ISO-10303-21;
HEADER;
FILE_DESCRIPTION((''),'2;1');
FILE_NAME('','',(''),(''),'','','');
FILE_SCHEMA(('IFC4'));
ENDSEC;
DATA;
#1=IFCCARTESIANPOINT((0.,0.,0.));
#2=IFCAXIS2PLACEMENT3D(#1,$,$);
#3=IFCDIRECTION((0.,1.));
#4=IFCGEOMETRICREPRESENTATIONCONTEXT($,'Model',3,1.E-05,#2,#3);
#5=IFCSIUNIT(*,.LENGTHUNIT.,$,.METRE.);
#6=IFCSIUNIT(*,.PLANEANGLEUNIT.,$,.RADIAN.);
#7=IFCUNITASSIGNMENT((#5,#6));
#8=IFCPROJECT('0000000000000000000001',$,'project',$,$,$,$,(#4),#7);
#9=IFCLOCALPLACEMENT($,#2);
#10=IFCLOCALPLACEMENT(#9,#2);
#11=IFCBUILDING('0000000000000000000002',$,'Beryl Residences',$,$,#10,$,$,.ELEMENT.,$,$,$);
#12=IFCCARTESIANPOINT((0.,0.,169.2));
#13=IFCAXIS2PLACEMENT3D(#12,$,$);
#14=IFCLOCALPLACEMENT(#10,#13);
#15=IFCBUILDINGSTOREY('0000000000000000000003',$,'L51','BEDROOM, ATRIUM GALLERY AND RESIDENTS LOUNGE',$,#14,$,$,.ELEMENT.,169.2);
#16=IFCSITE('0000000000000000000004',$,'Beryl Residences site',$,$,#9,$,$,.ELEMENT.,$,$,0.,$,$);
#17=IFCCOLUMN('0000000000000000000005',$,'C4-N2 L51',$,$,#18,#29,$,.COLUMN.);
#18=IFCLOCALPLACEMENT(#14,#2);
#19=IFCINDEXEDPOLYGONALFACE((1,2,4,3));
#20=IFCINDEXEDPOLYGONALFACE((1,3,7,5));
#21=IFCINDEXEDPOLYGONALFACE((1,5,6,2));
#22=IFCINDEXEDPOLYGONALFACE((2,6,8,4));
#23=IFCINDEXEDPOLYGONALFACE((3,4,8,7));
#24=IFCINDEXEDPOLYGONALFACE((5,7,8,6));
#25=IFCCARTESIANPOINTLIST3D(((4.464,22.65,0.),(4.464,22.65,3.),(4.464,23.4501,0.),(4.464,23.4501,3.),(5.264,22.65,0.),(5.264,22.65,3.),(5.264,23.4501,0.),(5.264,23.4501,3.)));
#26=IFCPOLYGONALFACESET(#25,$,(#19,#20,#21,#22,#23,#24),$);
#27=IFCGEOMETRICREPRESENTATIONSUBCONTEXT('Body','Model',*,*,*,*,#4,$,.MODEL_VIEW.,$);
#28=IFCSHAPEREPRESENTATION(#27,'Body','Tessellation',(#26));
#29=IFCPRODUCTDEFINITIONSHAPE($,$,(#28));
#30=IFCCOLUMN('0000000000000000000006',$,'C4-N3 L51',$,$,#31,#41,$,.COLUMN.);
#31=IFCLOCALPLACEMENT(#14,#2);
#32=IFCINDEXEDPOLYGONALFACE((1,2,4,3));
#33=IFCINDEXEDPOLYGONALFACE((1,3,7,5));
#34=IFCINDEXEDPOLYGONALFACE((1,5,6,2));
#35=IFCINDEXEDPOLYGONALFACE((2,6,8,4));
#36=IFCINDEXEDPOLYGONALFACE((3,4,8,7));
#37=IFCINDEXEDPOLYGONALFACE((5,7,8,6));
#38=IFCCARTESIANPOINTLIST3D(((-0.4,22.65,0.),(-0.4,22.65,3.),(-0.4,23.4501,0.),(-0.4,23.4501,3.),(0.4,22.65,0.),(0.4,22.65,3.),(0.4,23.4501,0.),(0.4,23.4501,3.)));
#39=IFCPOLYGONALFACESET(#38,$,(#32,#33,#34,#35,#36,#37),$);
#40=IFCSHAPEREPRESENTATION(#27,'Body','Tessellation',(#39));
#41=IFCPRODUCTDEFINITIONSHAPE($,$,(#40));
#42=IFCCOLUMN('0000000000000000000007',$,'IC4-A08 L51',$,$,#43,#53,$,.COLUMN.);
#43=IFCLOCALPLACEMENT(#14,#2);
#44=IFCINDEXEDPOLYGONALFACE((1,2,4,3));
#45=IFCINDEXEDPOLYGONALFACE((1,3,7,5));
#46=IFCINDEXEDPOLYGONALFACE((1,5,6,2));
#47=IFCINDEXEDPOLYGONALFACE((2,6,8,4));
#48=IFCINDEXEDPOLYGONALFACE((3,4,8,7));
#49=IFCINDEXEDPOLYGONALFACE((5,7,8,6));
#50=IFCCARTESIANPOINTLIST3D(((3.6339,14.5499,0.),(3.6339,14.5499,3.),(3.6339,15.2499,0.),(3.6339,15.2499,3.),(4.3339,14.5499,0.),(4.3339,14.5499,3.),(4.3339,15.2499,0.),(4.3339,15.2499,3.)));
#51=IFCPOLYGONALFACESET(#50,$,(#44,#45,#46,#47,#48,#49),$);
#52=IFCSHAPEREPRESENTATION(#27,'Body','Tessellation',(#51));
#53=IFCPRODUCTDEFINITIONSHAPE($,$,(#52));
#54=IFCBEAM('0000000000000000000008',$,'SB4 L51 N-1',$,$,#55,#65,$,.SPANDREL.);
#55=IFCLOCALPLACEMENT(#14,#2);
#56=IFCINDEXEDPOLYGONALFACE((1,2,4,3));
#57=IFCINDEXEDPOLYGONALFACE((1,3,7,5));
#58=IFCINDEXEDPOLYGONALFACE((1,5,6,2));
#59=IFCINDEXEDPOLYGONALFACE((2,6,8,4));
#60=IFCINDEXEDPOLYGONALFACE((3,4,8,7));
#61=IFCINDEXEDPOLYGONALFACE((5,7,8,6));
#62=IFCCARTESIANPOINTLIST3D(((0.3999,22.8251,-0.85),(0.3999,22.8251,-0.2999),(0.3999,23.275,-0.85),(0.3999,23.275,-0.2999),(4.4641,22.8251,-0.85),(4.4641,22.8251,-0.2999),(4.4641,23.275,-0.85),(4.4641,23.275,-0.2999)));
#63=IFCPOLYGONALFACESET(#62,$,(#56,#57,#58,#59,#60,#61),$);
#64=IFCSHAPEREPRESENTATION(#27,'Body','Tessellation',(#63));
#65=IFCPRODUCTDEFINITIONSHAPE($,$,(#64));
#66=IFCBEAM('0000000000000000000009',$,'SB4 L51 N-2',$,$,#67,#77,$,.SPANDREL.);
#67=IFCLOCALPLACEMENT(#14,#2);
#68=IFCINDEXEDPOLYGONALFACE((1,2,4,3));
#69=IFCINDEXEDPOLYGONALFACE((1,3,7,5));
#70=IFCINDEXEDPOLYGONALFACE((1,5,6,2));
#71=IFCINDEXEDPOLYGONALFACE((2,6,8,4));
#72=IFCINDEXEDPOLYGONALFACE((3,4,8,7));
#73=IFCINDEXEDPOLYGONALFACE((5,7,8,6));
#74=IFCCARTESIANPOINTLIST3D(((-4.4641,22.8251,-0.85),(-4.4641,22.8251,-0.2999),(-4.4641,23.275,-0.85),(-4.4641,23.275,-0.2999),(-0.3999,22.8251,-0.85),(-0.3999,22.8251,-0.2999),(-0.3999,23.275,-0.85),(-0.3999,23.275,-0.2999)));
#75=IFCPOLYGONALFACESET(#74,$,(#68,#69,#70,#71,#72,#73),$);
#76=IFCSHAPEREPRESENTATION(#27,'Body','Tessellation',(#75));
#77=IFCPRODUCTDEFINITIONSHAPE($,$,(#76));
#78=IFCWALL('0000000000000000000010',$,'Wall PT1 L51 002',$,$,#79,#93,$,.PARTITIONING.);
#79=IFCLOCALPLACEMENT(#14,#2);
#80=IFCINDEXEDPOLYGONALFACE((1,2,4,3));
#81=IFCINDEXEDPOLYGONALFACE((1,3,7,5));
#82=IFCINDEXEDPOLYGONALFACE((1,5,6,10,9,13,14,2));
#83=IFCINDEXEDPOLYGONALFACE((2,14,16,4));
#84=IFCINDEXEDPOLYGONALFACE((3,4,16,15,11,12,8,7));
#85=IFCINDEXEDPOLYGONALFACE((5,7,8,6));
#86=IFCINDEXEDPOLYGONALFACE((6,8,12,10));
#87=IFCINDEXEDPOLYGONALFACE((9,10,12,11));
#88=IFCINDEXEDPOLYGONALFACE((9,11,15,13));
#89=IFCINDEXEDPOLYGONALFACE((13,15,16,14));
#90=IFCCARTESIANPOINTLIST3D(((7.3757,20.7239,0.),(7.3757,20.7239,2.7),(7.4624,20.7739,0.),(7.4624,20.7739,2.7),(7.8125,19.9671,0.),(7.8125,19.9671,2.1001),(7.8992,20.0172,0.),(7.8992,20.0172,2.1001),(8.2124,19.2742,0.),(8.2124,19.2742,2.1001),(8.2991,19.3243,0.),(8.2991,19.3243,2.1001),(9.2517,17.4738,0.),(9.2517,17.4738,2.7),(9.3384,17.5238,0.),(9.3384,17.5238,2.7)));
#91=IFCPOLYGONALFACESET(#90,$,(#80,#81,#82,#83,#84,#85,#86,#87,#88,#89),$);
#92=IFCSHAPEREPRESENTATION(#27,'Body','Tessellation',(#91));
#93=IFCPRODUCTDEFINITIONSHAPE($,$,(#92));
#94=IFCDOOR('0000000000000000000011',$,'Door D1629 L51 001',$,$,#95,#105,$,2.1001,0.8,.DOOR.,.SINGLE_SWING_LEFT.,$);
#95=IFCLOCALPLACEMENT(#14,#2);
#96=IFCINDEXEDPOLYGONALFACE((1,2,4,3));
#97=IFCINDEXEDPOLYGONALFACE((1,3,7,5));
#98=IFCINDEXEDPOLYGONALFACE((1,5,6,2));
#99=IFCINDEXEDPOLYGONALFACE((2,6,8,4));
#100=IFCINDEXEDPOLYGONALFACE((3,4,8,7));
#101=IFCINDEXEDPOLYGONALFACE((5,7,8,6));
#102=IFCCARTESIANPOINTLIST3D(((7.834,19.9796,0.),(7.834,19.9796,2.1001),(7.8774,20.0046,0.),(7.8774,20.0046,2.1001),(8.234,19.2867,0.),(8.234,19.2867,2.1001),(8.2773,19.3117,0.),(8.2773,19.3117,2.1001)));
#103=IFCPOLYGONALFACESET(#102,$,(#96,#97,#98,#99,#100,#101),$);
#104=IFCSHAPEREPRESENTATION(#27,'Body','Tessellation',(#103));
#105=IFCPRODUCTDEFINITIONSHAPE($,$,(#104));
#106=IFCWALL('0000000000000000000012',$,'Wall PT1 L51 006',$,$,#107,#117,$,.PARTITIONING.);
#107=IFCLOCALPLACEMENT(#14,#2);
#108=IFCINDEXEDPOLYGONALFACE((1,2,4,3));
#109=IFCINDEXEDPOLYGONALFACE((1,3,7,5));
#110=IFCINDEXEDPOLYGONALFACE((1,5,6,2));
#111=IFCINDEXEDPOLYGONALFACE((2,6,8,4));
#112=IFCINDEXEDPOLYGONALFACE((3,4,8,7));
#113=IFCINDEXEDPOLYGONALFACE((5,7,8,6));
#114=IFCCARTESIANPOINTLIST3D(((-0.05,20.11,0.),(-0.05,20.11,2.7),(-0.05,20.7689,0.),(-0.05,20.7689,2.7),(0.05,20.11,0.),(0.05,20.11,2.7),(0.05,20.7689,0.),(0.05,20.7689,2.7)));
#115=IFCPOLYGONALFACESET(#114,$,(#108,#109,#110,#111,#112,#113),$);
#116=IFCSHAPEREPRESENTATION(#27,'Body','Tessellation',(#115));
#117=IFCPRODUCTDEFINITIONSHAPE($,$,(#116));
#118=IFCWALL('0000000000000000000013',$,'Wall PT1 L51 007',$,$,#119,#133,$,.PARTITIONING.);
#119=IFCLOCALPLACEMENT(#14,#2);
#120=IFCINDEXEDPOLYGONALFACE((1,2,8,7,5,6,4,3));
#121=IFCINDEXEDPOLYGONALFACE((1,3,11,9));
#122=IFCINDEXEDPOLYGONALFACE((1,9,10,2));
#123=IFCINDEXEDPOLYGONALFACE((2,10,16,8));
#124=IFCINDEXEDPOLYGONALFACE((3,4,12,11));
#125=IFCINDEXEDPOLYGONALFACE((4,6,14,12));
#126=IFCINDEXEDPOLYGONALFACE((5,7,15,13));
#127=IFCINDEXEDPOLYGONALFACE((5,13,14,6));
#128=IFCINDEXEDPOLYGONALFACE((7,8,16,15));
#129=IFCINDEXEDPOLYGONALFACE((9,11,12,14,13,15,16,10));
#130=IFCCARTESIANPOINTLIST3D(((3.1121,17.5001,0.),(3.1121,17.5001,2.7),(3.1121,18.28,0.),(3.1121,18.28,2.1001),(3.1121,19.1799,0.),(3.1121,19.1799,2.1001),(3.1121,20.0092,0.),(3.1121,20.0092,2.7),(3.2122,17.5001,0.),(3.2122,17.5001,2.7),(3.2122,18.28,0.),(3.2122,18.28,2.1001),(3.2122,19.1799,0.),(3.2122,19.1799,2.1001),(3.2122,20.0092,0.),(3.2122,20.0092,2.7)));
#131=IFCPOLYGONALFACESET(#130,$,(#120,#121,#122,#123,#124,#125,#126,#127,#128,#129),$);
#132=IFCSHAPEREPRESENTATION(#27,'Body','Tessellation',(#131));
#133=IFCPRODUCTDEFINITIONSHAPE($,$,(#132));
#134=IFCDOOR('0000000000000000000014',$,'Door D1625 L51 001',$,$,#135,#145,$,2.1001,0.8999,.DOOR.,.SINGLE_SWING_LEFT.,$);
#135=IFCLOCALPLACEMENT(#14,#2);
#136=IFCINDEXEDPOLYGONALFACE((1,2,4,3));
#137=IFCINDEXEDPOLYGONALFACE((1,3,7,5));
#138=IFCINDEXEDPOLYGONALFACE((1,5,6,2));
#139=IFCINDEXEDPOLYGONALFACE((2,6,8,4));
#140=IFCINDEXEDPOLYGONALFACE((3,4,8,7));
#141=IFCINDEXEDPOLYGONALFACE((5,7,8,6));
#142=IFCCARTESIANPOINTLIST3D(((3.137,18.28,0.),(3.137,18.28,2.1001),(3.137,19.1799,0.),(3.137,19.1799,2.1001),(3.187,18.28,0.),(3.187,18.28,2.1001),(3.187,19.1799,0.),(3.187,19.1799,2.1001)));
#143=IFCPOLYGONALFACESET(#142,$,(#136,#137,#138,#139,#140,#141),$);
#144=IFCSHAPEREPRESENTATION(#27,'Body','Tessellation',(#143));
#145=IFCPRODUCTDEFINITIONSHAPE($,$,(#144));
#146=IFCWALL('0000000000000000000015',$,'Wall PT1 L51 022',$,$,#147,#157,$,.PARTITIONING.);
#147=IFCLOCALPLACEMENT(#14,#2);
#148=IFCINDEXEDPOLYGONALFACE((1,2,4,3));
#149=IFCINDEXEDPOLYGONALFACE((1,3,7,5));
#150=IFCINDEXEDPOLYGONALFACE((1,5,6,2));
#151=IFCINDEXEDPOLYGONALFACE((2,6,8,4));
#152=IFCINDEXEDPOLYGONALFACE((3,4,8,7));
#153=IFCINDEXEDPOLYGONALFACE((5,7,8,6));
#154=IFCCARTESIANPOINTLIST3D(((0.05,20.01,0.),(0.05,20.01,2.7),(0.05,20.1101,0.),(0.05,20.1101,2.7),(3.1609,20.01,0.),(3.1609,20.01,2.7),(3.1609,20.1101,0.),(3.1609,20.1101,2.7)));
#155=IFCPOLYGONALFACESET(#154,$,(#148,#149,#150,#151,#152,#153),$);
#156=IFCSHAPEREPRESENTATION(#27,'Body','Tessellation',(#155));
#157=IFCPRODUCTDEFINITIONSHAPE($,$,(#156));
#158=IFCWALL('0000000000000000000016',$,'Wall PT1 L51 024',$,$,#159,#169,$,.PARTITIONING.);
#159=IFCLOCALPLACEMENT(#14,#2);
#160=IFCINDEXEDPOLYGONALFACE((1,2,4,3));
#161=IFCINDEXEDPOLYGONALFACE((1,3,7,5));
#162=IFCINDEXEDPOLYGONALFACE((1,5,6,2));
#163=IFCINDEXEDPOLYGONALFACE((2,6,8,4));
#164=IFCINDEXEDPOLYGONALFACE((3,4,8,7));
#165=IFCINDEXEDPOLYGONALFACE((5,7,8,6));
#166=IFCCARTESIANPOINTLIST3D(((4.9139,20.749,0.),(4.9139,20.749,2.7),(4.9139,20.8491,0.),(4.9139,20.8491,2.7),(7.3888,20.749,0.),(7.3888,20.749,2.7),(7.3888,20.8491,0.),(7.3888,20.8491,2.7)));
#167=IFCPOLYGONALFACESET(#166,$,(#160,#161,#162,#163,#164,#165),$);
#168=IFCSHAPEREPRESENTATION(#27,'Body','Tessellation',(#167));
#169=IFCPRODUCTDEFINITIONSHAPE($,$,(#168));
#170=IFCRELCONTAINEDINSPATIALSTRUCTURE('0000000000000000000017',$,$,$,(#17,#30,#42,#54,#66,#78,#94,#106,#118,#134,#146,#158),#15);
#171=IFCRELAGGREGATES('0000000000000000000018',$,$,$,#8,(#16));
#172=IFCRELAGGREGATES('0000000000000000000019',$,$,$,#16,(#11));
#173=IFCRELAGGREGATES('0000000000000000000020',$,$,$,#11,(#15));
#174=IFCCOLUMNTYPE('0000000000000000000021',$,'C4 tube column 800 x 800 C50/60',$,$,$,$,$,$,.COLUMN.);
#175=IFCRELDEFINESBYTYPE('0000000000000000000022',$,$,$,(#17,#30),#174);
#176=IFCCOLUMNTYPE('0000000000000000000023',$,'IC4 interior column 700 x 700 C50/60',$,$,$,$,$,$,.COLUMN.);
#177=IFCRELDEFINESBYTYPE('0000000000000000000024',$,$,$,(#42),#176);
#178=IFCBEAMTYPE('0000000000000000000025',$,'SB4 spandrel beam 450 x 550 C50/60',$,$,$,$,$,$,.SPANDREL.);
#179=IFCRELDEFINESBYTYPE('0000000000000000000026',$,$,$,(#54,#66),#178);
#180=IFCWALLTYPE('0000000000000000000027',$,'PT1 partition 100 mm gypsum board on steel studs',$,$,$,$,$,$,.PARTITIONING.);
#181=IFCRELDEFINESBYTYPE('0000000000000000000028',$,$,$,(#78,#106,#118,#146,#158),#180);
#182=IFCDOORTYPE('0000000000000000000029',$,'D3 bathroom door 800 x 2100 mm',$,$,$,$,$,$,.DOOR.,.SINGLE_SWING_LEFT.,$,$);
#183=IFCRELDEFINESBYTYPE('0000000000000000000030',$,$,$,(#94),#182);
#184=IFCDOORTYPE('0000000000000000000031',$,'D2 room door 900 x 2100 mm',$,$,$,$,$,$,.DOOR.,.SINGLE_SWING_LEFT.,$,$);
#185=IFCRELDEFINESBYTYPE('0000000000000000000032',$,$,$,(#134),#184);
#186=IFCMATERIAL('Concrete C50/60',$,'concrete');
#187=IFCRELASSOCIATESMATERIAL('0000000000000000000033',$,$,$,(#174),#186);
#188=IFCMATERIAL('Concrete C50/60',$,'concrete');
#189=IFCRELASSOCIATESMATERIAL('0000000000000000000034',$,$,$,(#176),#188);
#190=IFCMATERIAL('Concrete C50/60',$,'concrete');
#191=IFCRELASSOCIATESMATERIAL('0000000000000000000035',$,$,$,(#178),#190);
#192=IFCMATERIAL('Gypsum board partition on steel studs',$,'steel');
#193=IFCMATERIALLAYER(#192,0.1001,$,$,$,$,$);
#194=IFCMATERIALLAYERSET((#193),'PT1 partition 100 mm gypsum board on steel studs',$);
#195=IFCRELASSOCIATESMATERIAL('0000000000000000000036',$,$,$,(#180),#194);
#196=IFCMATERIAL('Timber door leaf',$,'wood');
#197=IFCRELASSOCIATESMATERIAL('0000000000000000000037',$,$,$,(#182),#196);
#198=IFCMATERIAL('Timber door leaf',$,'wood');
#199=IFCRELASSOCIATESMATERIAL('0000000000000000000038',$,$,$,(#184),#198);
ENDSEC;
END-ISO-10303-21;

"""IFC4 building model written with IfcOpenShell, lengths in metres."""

from ifc_helpers import new_model, si_unit, direction, frame, frame_2d, origin, origin_2d, place, context, subcontext, project, spatial, rectangle, extrude, material, layer, layer_set, material_profile, profile_set, type_object, element, fill, save


model = new_model("IFC4")

# Units and contexts
model_context = context("Model", 3, precision=1e-05, world=origin(), true_north=direction((0.0, 1.0)))
body_context = subcontext(model_context, "Body", "Model", "MODEL_VIEW")
ifc_project = project(units=[si_unit("LENGTHUNIT", "METRE"), si_unit("PLANEANGLEUNIT", "RADIAN")], contexts=[model_context])

# Site, building, storey
site_placement = place(None, origin())
site = spatial("IfcSite", under=ifc_project, at=site_placement, Name="Beryl Residences site", CompositionType="ELEMENT", RefElevation=0.0)
building_placement = place(site_placement, origin())
building = spatial("IfcBuilding", under=site, at=building_placement, Name="Beryl Residences", CompositionType="ELEMENT")
storey_placement = place(building_placement, frame((0.0, 0.0, 169.2)))
storey = spatial("IfcBuildingStorey", under=building, at=storey_placement, Name="L51", Description="BEDROOM, ATRIUM GALLERY AND RESIDENTS LOUNGE", CompositionType="ELEMENT", Elevation=169.2)

# Columns
ifc_material_1 = material(Name="Concrete C50/60", Category="concrete")
ifc_material_profile_1 = material_profile(ifc_material_1, rectangle(XDim=0.8, YDim=0.8, at=origin_2d()))
ifc_profile_set_1 = profile_set([ifc_material_profile_1], Name="Concrete C50/60")
column_type_1 = type_object("IfcColumnType", Name="C4 tube column 800 x 800 C50/60", PredefinedType="COLUMN", material=ifc_profile_set_1)
for number, where, z_axis, x_axis, name in (
    (1, (4.864, 23.05, 0.0), (0.0, 0.0, 1.0), (-1.0, 0.0, 0.0), "C4-N2 L51"),
    (2, (0.0, 23.05, 0.0), (0.0, 0.0, 1.0), (-1.0, 0.0, 0.0), "C4-N3 L51"),
):
    element("IfcColumn", number, at=place(storey_placement, frame(where, z_axis=z_axis, x_axis=x_axis)), inside=storey, type_object=column_type_1, Name=name, PredefinedType="COLUMN", context=body_context, shape_type="SweptSolid", body=[
        extrude(rectangle(XDim=0.8, YDim=0.8, at=origin_2d()), origin(), (0.0, 0.0, 1.0), 3.0),
    ])
ifc_material_2 = material(Name="Concrete C50/60", Category="concrete")
ifc_material_profile_2 = material_profile(ifc_material_2, rectangle(XDim=0.7, YDim=0.7, at=origin_2d()))
ifc_profile_set_2 = profile_set([ifc_material_profile_2], Name="Concrete C50/60")
column_type_2 = type_object("IfcColumnType", Name="IC4 interior column 700 x 700 C50/60", PredefinedType="COLUMN", material=ifc_profile_set_2)
column_placement = place(storey_placement, frame((3.9839, 14.8999, 0.0), z_axis=(0.0, 0.0, 1.0), x_axis=(1.0, 0.0, 0.0)))
element("IfcColumn", 3, at=column_placement, inside=storey, type_object=column_type_2, Name="IC4-A08 L51", PredefinedType="COLUMN", context=body_context, shape_type="SweptSolid", body=[
    extrude(rectangle(XDim=0.7, YDim=0.7, at=origin_2d()), origin(), (0.0, 0.0, 1.0), 3.0),
])

# Beams
ifc_material_3 = material(Name="Concrete C50/60", Category="concrete")
ifc_material_profile_3 = material_profile(ifc_material_3, rectangle(XDim=0.45, YDim=0.55, at=origin_2d()))
ifc_profile_set_3 = profile_set([ifc_material_profile_3], Name="Concrete C50/60")
beam_type = type_object("IfcBeamType", Name="SB4 spandrel beam 450 x 550 C50/60", PredefinedType="SPANDREL", material=ifc_profile_set_3)
for number, where, z_axis, x_axis, name in (
    (4, (4.4641, 23.05, -0.575), (-1.0, 0.0, 0.0), (0.0, -1.0, 0.0), "SB4 L51 N-1"),
    (5, (-0.3999, 23.05, -0.575), (-1.0, 0.0, 0.0), (0.0, -1.0, 0.0), "SB4 L51 N-2"),
):
    element("IfcBeam", number, at=place(storey_placement, frame(where, z_axis=z_axis, x_axis=x_axis)), inside=storey, type_object=beam_type, Name=name, PredefinedType="SPANDREL", context=body_context, shape_type="SweptSolid", body=[
        extrude(rectangle(XDim=0.45, YDim=0.55, at=origin_2d()), origin(), (0.0, 0.0, 1.0), 4.0642),
    ])

# Wall, opening, door
ifc_material_4 = material(Name="Gypsum board partition on steel studs", Category="steel")
ifc_layer_1 = layer(ifc_material_4, 0.1001)
ifc_layer_set_1 = layer_set([ifc_layer_1], Name="PT1 partition 100 mm gypsum board on steel studs")
wall_type_1 = type_object("IfcWallType", Name="PT1 partition 100 mm gypsum board on steel studs", PredefinedType="PARTITIONING", material=ifc_layer_set_1)
wall_1_placement = place(storey_placement, frame((7.4189, 20.749, 0.0), z_axis=(0.0, 0.0, 1.0), x_axis=(0.499918, -0.866073, 0.0)))
wall_1 = element("IfcWall", 6, at=wall_1_placement, inside=storey, type_object=wall_type_1, Name="Wall PT1 L51 002", PredefinedType="PARTITIONING", context=body_context, shape_type="SweptSolid", body=[
    extrude(rectangle(XDim=3.7527, YDim=0.1001, at=frame_2d((1.8765, 0.0))), origin(), (0.0, 0.0, 1.0), 2.7),
])
opening_1_placement = place(wall_1_placement, frame((0.874, 0.0, 0.0)))
opening_1 = element("IfcOpeningElement", 7, at=opening_1_placement, cuts=wall_1, PredefinedType="OPENING", context=body_context, shape_type="SweptSolid", body=[
    extrude(rectangle(XDim=0.8, YDim=2.1001, at=frame_2d((0.3999, 1.05))), frame((0.0, 0.0601, 0.0), z_axis=(0.0, -1.0, 0.0), x_axis=(1.0, 0.0, 0.0)), (0.0, 0.0, 1.0), 0.1201),
])
ifc_material_5 = material(Name="Timber door leaf", Category="wood")
door_type_1 = type_object("IfcDoorType", Name="D3 bathroom door 800 x 2100 mm", OperationType="SINGLE_SWING_LEFT", PredefinedType="DOOR", material=ifc_material_5)
door_1_placement = place(opening_1_placement, origin())
door_1 = element("IfcDoor", 8, at=door_1_placement, inside=storey, type_object=door_type_1, Name="Door D1629 L51 001", OperationType="SINGLE_SWING_LEFT", OverallHeight=2.1001, OverallWidth=0.8, PredefinedType="DOOR", context=body_context, shape_type="SweptSolid", body=[
    extrude(rectangle(XDim=0.8, YDim=2.1001, at=frame_2d((0.3999, 1.05))), frame((0.0, 0.0249, 0.0), z_axis=(0.0, -1.0, 0.0), x_axis=(1.0, 0.0, 0.0)), (0.0, 0.0, 1.0), 0.05),
])
fill(opening_1, door_1)

# Wall
wall_2_placement = place(storey_placement, frame((0.0, 20.769, 0.0), z_axis=(0.0, 0.0, 1.0), x_axis=(0.0, -1.0, 0.0)))
element("IfcWall", 9, at=wall_2_placement, inside=storey, type_object=wall_type_1, Name="Wall PT1 L51 006", PredefinedType="PARTITIONING", context=body_context, shape_type="SweptSolid", body=[
    extrude(rectangle(XDim=0.6589, YDim=0.1001, at=frame_2d((0.3296, 0.0))), origin(), (0.0, 0.0, 1.0), 2.7),
])

# Wall, opening, door
wall_3_placement = place(storey_placement, frame((3.1621, 20.009, 0.0), z_axis=(0.0, 0.0, 1.0), x_axis=(0.0, -1.0, 0.0)))
wall_3 = element("IfcWall", 10, at=wall_3_placement, inside=storey, type_object=wall_type_1, Name="Wall PT1 L51 007", PredefinedType="PARTITIONING", context=body_context, shape_type="SweptSolid", body=[
    extrude(rectangle(XDim=2.509, YDim=0.1001, at=frame_2d((1.2544, 0.0))), origin(), (0.0, 0.0, 1.0), 2.7),
])
opening_2_placement = place(wall_3_placement, frame((0.8291, 0.0, 0.0)))
opening_2 = element("IfcOpeningElement", 11, at=opening_2_placement, cuts=wall_3, PredefinedType="OPENING", context=body_context, shape_type="SweptSolid", body=[
    extrude(rectangle(XDim=0.8999, YDim=2.1001, at=frame_2d((0.45, 1.05))), frame((0.0, 0.0601, 0.0), z_axis=(0.0, -1.0, 0.0), x_axis=(1.0, 0.0, 0.0)), (0.0, 0.0, 1.0), 0.1201),
])
ifc_material_6 = material(Name="Timber door leaf", Category="wood")
door_type_2 = type_object("IfcDoorType", Name="D2 room door 900 x 2100 mm", OperationType="SINGLE_SWING_LEFT", PredefinedType="DOOR", material=ifc_material_6)
door_2_placement = place(opening_2_placement, origin())
door_2 = element("IfcDoor", 12, at=door_2_placement, inside=storey, type_object=door_type_2, Name="Door D1625 L51 001", OperationType="SINGLE_SWING_LEFT", OverallHeight=2.1001, OverallWidth=0.8999, PredefinedType="DOOR", context=body_context, shape_type="SweptSolid", body=[
    extrude(rectangle(XDim=0.8999, YDim=2.1001, at=frame_2d((0.45, 1.05))), frame((0.0, 0.0249, 0.0), z_axis=(0.0, -1.0, 0.0), x_axis=(1.0, 0.0, 0.0)), (0.0, 0.0, 1.0), 0.05),
])
fill(opening_2, door_2)

# Walls
wall_4_placement = place(storey_placement, frame((0.05, 20.0601, 0.0), z_axis=(0.0, 0.0, 1.0), x_axis=(1.0, 0.0, 0.0)))
element("IfcWall", 13, at=wall_4_placement, inside=storey, type_object=wall_type_1, Name="Wall PT1 L51 022", PredefinedType="PARTITIONING", context=body_context, shape_type="SweptSolid", body=[
    extrude(rectangle(XDim=3.1108, YDim=0.1001, at=frame_2d((1.5554, 0.0))), origin(), (0.0, 0.0, 1.0), 2.7),
])
wall_5_placement = place(storey_placement, frame((4.9141, 20.7991, 0.0), z_axis=(0.0, 0.0, 1.0), x_axis=(1.0, 0.0, 0.0)))
element("IfcWall", 14, at=wall_5_placement, inside=storey, type_object=wall_type_1, Name="Wall PT1 L51 024", PredefinedType="PARTITIONING", context=body_context, shape_type="SweptSolid", body=[
    extrude(rectangle(XDim=2.4749, YDim=0.1001, at=frame_2d((1.2373, 0.0))), origin(), (0.0, 0.0, 1.0), 2.7),
])

save(model, "model.ifc")
